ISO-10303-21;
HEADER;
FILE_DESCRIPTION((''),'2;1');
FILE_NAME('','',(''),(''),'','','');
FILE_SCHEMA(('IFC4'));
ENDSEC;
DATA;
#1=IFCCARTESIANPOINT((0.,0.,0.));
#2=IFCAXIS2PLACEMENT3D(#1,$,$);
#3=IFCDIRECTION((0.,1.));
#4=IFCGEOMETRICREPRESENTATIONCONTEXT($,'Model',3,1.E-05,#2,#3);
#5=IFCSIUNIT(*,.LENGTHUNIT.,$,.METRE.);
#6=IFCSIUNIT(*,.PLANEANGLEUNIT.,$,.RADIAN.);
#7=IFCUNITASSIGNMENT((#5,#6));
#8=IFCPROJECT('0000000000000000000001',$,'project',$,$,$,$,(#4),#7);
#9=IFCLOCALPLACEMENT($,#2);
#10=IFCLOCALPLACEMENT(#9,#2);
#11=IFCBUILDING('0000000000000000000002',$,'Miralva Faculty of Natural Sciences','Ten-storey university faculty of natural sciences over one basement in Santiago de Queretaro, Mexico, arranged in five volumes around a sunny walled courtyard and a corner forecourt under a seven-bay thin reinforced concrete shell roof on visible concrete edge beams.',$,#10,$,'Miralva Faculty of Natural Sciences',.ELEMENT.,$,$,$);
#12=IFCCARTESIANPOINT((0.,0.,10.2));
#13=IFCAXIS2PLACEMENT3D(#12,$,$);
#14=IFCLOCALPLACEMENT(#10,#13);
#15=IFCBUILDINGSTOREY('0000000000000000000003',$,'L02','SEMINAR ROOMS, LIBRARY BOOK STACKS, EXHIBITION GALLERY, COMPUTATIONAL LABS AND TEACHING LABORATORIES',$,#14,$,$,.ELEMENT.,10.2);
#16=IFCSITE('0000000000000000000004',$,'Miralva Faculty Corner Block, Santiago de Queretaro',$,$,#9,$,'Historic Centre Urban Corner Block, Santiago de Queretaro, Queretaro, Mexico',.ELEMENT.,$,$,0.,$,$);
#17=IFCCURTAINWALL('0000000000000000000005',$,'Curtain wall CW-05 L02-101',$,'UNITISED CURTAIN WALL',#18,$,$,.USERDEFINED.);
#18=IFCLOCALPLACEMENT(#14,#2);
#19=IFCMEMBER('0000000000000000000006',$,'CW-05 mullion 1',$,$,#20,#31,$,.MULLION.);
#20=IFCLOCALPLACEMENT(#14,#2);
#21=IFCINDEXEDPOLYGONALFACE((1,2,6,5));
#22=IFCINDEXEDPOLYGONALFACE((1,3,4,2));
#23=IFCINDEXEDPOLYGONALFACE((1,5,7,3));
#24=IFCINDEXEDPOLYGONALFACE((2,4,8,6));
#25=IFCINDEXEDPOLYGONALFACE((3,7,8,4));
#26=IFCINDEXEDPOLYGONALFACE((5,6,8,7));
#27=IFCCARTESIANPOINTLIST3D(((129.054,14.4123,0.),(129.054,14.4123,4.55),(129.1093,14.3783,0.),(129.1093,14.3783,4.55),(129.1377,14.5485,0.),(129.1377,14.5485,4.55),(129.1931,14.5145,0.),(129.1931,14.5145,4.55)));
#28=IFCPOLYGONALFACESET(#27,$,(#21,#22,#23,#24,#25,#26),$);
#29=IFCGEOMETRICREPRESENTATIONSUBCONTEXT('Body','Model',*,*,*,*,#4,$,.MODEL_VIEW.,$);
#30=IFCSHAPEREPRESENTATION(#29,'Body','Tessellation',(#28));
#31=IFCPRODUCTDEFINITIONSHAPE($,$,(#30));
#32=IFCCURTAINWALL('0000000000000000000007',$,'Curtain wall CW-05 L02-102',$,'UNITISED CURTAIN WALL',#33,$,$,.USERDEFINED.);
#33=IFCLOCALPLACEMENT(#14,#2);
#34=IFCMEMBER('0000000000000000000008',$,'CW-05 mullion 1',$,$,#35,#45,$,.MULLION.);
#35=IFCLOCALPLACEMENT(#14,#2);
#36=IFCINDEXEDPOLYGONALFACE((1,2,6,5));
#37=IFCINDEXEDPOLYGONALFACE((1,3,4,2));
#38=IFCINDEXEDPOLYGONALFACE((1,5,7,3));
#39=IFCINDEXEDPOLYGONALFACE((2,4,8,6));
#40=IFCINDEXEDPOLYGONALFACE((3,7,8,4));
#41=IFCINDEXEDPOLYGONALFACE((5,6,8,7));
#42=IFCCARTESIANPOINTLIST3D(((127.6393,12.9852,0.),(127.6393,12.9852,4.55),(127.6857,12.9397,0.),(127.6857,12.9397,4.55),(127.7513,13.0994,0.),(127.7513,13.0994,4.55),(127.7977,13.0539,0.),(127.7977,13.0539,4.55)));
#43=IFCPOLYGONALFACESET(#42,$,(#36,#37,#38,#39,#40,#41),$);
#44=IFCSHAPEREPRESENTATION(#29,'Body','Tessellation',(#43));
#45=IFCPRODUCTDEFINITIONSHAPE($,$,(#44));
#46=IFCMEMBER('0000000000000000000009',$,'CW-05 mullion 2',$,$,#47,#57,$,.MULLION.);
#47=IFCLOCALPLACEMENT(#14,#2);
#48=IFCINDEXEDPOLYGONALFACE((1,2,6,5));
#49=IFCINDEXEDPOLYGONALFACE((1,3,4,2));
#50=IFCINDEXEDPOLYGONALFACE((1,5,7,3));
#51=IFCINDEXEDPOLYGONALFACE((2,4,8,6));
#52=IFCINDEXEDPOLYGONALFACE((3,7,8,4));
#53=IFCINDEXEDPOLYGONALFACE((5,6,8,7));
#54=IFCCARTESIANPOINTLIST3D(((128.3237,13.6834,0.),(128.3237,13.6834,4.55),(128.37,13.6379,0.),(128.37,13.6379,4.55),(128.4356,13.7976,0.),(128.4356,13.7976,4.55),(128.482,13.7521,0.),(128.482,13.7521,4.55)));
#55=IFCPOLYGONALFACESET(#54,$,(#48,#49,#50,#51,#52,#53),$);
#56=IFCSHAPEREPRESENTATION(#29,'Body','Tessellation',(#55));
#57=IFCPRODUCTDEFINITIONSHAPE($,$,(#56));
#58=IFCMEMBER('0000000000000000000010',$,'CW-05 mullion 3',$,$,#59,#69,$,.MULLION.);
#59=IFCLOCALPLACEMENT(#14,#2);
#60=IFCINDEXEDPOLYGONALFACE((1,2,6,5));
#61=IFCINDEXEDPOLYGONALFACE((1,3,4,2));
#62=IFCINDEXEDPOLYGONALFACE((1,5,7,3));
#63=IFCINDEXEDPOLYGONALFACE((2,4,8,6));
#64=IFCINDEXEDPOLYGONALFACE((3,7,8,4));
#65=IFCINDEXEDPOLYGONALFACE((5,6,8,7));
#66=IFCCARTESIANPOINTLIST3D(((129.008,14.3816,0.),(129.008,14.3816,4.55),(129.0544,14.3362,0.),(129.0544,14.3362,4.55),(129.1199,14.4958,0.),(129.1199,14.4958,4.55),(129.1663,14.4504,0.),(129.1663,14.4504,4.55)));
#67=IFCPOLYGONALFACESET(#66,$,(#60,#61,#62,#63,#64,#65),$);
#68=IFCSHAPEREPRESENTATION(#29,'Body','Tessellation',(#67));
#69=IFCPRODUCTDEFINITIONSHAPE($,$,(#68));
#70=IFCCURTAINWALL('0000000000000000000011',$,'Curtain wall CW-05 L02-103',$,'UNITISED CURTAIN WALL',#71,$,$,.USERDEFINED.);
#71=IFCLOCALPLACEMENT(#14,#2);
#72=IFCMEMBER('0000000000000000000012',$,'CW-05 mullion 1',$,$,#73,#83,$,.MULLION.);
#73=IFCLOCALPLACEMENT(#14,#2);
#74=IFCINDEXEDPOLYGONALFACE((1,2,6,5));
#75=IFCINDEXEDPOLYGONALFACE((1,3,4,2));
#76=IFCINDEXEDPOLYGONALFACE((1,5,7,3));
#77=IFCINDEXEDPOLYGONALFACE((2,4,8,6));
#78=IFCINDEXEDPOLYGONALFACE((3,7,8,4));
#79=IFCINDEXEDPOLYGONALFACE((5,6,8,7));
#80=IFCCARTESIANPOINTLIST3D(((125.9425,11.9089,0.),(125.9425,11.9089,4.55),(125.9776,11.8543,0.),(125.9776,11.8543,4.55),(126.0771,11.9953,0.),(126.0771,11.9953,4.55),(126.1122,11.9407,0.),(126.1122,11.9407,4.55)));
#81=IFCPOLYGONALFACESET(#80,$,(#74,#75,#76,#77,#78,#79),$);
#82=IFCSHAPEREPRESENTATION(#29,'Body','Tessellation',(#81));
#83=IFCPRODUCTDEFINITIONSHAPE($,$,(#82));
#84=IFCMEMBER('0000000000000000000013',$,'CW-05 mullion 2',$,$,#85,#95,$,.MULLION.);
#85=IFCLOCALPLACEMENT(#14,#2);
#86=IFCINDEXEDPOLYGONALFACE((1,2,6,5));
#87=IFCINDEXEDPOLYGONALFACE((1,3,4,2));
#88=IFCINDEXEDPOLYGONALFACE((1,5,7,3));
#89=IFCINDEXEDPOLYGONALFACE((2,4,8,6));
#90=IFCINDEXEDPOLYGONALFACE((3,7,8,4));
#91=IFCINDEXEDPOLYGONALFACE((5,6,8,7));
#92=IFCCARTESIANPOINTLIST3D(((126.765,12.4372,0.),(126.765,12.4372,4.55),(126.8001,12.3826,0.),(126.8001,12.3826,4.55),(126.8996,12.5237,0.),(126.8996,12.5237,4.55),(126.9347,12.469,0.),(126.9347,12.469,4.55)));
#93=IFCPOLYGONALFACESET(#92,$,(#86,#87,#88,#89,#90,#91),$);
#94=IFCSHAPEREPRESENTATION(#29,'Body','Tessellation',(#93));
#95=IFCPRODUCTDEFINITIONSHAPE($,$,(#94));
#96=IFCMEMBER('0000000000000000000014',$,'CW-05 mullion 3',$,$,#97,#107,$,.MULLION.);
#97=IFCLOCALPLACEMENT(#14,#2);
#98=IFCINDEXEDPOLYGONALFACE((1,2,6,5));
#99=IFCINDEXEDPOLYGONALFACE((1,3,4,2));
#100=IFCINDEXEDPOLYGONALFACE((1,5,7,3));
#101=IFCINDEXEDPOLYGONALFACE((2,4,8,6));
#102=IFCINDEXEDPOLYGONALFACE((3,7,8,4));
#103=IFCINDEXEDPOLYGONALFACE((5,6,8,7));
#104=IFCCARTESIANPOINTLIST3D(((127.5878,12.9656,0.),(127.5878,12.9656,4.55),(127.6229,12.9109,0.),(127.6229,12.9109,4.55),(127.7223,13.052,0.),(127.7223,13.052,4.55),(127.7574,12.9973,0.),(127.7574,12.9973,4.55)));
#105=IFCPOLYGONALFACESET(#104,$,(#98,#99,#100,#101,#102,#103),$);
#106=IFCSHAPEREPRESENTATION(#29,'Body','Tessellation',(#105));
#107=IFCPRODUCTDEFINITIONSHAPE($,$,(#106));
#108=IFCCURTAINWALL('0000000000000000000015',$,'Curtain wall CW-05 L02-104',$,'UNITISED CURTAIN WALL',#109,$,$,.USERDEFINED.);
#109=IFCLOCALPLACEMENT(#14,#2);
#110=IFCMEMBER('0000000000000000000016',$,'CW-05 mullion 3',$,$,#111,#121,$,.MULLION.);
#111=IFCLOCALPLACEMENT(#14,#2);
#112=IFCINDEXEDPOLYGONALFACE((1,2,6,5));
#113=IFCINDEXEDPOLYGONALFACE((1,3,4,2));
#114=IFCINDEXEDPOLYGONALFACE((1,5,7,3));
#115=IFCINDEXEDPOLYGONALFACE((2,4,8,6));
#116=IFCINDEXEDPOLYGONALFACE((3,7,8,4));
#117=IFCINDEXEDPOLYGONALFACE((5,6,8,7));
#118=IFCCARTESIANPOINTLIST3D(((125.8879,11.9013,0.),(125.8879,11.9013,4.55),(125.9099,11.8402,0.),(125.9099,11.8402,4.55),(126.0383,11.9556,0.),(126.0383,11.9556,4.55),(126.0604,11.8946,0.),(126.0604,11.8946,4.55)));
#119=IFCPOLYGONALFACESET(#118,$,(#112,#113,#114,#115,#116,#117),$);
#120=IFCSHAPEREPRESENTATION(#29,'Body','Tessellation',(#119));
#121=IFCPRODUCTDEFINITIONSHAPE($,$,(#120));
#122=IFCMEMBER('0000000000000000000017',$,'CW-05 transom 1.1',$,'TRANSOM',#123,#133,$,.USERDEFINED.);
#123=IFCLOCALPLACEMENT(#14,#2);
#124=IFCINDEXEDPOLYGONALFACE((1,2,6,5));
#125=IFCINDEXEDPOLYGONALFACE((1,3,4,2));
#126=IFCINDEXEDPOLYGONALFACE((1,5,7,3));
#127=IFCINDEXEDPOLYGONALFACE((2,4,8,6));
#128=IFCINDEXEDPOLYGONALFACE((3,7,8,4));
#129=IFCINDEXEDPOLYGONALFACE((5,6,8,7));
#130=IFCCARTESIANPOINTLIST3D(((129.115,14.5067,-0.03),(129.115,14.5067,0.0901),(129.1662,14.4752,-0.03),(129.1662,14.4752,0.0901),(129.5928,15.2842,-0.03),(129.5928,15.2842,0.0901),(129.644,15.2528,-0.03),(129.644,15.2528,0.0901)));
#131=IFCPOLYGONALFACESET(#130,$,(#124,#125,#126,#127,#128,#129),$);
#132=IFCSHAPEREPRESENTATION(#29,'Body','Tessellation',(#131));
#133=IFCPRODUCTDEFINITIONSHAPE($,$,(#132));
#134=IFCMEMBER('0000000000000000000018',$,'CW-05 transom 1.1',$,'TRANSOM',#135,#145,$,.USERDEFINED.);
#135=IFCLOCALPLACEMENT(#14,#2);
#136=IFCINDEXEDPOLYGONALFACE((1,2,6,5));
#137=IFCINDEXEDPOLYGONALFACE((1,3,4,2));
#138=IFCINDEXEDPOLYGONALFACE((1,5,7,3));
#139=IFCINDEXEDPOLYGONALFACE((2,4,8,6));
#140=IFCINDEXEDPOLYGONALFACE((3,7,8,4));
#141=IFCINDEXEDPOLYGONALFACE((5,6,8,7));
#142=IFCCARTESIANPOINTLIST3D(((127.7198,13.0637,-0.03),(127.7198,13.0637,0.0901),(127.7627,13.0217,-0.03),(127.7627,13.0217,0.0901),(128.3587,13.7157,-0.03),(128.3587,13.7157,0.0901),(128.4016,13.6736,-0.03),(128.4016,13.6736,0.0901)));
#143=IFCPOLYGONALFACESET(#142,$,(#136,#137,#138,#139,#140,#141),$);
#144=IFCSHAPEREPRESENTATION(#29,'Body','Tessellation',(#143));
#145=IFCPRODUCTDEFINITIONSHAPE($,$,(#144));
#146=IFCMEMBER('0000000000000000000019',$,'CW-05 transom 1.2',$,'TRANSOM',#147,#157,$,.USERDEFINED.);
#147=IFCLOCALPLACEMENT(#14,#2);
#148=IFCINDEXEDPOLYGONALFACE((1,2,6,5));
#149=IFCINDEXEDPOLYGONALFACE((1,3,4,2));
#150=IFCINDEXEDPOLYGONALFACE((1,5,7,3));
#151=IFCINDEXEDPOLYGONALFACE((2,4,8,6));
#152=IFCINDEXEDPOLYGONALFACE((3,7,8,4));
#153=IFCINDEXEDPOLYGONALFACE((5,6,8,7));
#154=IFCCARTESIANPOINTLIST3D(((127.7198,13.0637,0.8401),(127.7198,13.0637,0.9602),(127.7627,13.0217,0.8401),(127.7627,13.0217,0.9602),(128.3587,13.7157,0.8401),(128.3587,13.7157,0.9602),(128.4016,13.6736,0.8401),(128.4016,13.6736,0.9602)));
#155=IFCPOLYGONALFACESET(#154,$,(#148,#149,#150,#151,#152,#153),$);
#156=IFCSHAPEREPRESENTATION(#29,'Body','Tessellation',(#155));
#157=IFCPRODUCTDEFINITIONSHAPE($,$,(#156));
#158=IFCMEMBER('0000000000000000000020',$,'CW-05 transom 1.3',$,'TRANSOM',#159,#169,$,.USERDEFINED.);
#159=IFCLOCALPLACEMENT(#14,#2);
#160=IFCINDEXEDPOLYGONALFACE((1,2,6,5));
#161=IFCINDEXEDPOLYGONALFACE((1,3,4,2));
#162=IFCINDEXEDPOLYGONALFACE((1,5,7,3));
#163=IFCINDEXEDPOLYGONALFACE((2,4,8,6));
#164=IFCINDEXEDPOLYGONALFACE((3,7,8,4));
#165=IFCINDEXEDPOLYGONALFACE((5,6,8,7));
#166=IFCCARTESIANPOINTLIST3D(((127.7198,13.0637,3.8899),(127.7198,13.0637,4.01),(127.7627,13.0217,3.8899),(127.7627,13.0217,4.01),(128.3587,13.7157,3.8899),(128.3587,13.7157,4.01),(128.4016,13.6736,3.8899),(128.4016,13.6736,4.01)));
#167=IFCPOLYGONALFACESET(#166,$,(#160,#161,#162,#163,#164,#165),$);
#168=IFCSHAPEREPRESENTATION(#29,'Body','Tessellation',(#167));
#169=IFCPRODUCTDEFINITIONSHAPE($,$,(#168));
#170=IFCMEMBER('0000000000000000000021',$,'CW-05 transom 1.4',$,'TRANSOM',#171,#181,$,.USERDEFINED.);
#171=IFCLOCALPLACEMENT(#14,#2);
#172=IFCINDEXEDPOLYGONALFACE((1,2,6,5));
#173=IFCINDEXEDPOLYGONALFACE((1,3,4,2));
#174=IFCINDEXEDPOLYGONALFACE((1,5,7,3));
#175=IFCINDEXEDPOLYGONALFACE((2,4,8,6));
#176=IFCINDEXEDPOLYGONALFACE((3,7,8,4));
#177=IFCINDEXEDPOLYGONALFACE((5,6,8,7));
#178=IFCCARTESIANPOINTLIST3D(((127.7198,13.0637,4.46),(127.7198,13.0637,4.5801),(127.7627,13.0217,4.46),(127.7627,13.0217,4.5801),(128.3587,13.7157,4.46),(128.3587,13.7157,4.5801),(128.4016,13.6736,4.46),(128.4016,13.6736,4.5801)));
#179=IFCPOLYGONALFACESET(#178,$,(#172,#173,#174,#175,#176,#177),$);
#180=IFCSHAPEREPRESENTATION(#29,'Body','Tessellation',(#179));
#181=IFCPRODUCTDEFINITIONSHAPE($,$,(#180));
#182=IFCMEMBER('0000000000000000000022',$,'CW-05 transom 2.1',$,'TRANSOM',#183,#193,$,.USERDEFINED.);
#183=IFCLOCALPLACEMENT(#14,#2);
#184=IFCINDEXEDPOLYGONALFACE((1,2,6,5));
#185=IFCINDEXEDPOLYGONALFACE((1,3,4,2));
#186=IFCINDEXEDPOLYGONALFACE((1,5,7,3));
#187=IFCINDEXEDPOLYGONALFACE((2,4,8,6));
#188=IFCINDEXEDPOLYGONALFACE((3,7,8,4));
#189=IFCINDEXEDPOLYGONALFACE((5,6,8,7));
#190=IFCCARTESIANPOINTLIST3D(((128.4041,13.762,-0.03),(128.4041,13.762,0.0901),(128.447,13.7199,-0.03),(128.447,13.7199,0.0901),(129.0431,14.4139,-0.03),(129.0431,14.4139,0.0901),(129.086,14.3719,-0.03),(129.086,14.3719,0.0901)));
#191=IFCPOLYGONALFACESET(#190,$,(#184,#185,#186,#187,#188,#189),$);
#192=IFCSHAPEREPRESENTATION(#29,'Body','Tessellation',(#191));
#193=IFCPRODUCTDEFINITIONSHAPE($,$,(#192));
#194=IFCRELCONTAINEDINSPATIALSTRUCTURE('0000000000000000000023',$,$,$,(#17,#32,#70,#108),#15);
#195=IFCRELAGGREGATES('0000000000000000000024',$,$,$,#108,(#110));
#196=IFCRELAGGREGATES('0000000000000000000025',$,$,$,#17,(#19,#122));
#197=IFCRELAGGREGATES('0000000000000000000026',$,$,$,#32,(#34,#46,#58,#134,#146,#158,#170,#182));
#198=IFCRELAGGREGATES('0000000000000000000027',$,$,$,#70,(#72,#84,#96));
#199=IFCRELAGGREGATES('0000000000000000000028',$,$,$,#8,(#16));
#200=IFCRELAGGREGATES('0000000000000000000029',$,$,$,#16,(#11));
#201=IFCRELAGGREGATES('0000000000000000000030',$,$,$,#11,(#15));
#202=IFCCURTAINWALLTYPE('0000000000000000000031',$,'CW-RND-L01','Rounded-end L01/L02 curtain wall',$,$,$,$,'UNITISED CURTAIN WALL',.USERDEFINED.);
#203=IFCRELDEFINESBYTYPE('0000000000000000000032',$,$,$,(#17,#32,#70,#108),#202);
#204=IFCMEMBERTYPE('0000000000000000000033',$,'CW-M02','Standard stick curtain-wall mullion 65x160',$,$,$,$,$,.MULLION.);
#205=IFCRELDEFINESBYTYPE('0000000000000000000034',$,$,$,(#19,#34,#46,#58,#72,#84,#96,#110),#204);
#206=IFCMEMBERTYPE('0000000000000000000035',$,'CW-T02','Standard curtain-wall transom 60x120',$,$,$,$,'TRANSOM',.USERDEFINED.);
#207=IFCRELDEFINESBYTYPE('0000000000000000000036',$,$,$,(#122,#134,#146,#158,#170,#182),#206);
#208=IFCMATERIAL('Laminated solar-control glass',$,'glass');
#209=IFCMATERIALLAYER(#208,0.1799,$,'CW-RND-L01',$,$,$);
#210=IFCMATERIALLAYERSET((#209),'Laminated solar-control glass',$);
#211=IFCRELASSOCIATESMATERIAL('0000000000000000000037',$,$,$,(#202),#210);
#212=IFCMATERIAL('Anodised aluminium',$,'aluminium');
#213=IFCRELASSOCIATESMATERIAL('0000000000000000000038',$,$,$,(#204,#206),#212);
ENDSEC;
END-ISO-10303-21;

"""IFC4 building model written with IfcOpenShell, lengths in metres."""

from ifc_helpers import new_model, si_unit, direction, frame, origin, origin_2d, place, context, subcontext, project, spatial, rectangle, extrude, material, layer, layer_set, material_profile, profile_set, type_object, element, aggregate, save


model = new_model("IFC4")

# Units and contexts
model_context = context("Model", 3, precision=1e-05, world=origin(), true_north=direction((0.0, 1.0)))
body_context = subcontext(model_context, "Body", "Model", "MODEL_VIEW")
ifc_project = project(units=[si_unit("LENGTHUNIT", "METRE"), si_unit("PLANEANGLEUNIT", "RADIAN")], contexts=[model_context])

# Site, building, storey
site_placement = place(None, origin())
site = spatial("IfcSite", under=ifc_project, at=site_placement, Name="Miralva Faculty Corner Block, Santiago de Queretaro", LongName="Historic Centre Urban Corner Block, Santiago de Queretaro, Queretaro, Mexico", CompositionType="ELEMENT", RefElevation=0.0)
building_placement = place(site_placement, origin())
building = spatial("IfcBuilding", under=site, at=building_placement, Name="Miralva Faculty of Natural Sciences", Description="Ten-storey university faculty of natural sciences over one basement in Santiago de Queretaro, Mexico, arranged in five volumes around a sunny walled courtyard and a corner forecourt under a seven-bay thin reinforced concrete shell roof on visible concrete edge beams.", LongName="Miralva Faculty of Natural Sciences", CompositionType="ELEMENT")
storey_placement = place(building_placement, frame((0.0, 0.0, 10.2)))
storey = spatial("IfcBuildingStorey", under=building, at=storey_placement, Name="L02", Description="SEMINAR ROOMS, LIBRARY BOOK STACKS, EXHIBITION GALLERY, COMPUTATIONAL LABS AND TEACHING LABORATORIES", CompositionType="ELEMENT", Elevation=10.2)

# Curtain wall, member
ifc_material_1 = material(Name="Laminated solar-control glass", Category="glass")
ifc_layer_1 = layer(ifc_material_1, 0.1799, Name="CW-RND-L01")
ifc_layer_set_1 = layer_set([ifc_layer_1], Name="Laminated solar-control glass")
curtain_wall_type = type_object("IfcCurtainWallType", Name="CW-RND-L01", Description="Rounded-end L01/L02 curtain wall", ElementType="UNITISED CURTAIN WALL", PredefinedType="USERDEFINED", material=ifc_layer_set_1)
curtain_wall_1_placement = place(storey_placement, origin())
curtain_wall_1 = element("IfcCurtainWall", 1, at=curtain_wall_1_placement, inside=storey, type_object=curtain_wall_type, Name="Curtain wall CW-05 L02-101", ObjectType="UNITISED CURTAIN WALL", PredefinedType="USERDEFINED")
ifc_material_2 = material(Name="Anodised aluminium", Category="aluminium")
ifc_material_profile_1 = material_profile(ifc_material_2, rectangle(XDim=0.0649, YDim=0.1599, at=origin_2d()), Name="MULLION 65x160")
ifc_profile_set_1 = profile_set([ifc_material_profile_1], Name="Anodised aluminium")
member_type_1 = type_object("IfcMemberType", Name="CW-M02", Description="Standard stick curtain-wall mullion 65x160", PredefinedType="MULLION", material=ifc_profile_set_1)
member_1_placement = place(storey_placement, frame((129.1235, 14.4634, 0.0), z_axis=(0.0, 0.0, 1.0), x_axis=(-0.851995, 0.523551, 0.0)))
member_1 = element("IfcMember", 2, at=member_1_placement, type_object=member_type_1, Name="CW-05 mullion 1", PredefinedType="MULLION", context=body_context, shape_type="SweptSolid", body=[
    extrude(rectangle(XDim=0.0649, YDim=0.1599, at=origin_2d()), origin(), (0.0, 0.0, 1.0), 4.55),
])

# Curtain walls, members
curtain_wall_2_placement = place(storey_placement, origin())
curtain_wall_2 = element("IfcCurtainWall", 3, at=curtain_wall_2_placement, inside=storey, type_object=curtain_wall_type, Name="Curtain wall CW-05 L02-102", ObjectType="UNITISED CURTAIN WALL", PredefinedType="USERDEFINED")
member_2_placement = place(storey_placement, frame((127.7185, 13.0195, 0.0), z_axis=(0.0, 0.0, 1.0), x_axis=(-0.714125, 0.700018, 0.0)))
member_2 = element("IfcMember", 4, at=member_2_placement, type_object=member_type_1, Name="CW-05 mullion 1", PredefinedType="MULLION", context=body_context, shape_type="SweptSolid", body=[
    extrude(rectangle(XDim=0.0649, YDim=0.1599, at=origin_2d()), origin(), (0.0, 0.0, 1.0), 4.55),
])
member_3_placement = place(storey_placement, frame((128.4028, 13.7178, 0.0), z_axis=(0.0, 0.0, 1.0), x_axis=(-0.714125, 0.700018, 0.0)))
member_3 = element("IfcMember", 5, at=member_3_placement, type_object=member_type_1, Name="CW-05 mullion 2", PredefinedType="MULLION", context=body_context, shape_type="SweptSolid", body=[
    extrude(rectangle(XDim=0.0649, YDim=0.1599, at=origin_2d()), origin(), (0.0, 0.0, 1.0), 4.55),
])
member_4_placement = place(storey_placement, frame((129.0872, 14.416, 0.0), z_axis=(0.0, 0.0, 1.0), x_axis=(-0.714125, 0.700018, 0.0)))
member_4 = element("IfcMember", 6, at=member_4_placement, type_object=member_type_1, Name="CW-05 mullion 3", PredefinedType="MULLION", context=body_context, shape_type="SweptSolid", body=[
    extrude(rectangle(XDim=0.0649, YDim=0.1599, at=origin_2d()), origin(), (0.0, 0.0, 1.0), 4.55),
])
curtain_wall_3_placement = place(storey_placement, origin())
curtain_wall_3 = element("IfcCurtainWall", 7, at=curtain_wall_3_placement, inside=storey, type_object=curtain_wall_type, Name="Curtain wall CW-05 L02-103", ObjectType="UNITISED CURTAIN WALL", PredefinedType="USERDEFINED")
member_5_placement = place(storey_placement, frame((126.0273, 11.9248, 0.0), z_axis=(0.0, 0.0, 1.0), x_axis=(-0.540445, 0.841379, 0.0)))
member_5 = element("IfcMember", 8, at=member_5_placement, type_object=member_type_1, Name="CW-05 mullion 1", PredefinedType="MULLION", context=body_context, shape_type="SweptSolid", body=[
    extrude(rectangle(XDim=0.0649, YDim=0.1599, at=origin_2d()), origin(), (0.0, 0.0, 1.0), 4.55),
])
member_6_placement = place(storey_placement, frame((126.8499, 12.4531, 0.0), z_axis=(0.0, 0.0, 1.0), x_axis=(-0.540445, 0.841379, 0.0)))
member_6 = element("IfcMember", 9, at=member_6_placement, type_object=member_type_1, Name="CW-05 mullion 2", PredefinedType="MULLION", context=body_context, shape_type="SweptSolid", body=[
    extrude(rectangle(XDim=0.0649, YDim=0.1599, at=origin_2d()), origin(), (0.0, 0.0, 1.0), 4.55),
])
member_7_placement = place(storey_placement, frame((127.6726, 12.9814, 0.0), z_axis=(0.0, 0.0, 1.0), x_axis=(-0.540445, 0.841379, 0.0)))
member_7 = element("IfcMember", 10, at=member_7_placement, type_object=member_type_1, Name="CW-05 mullion 3", PredefinedType="MULLION", context=body_context, shape_type="SweptSolid", body=[
    extrude(rectangle(XDim=0.0649, YDim=0.1599, at=origin_2d()), origin(), (0.0, 0.0, 1.0), 4.55),
])

# Curtain wall, member
curtain_wall_4_placement = place(storey_placement, origin())
curtain_wall_4 = element("IfcCurtainWall", 11, at=curtain_wall_4_placement, inside=storey, type_object=curtain_wall_type, Name="Curtain wall CW-05 L02-104", ObjectType="UNITISED CURTAIN WALL", PredefinedType="USERDEFINED")
member_8_placement = place(storey_placement, frame((125.9741, 11.8979, 0.0), z_axis=(0.0, 0.0, 1.0), x_axis=(-0.339696, 0.940535, 0.0)))
member_8 = element("IfcMember", 12, at=member_8_placement, type_object=member_type_1, Name="CW-05 mullion 3", PredefinedType="MULLION", context=body_context, shape_type="SweptSolid", body=[
    extrude(rectangle(XDim=0.0649, YDim=0.1599, at=origin_2d()), origin(), (0.0, 0.0, 1.0), 4.55),
])
aggregate(curtain_wall_4, [member_8])

# Members
ifc_material_profile_2 = material_profile(ifc_material_2, rectangle(XDim=0.0601, YDim=0.1201, at=origin_2d()), Name="TRANSOM 60x120")
ifc_profile_set_2 = profile_set([ifc_material_profile_2], Name="Anodised aluminium")
member_type_2 = type_object("IfcMemberType", Name="CW-T02", Description="Standard curtain-wall transom 60x120", ElementType="TRANSOM", PredefinedType="USERDEFINED", material=ifc_profile_set_2)
member_9_placement = place(storey_placement, frame((129.1406, 14.491, 0.03), z_axis=(0.523515, 0.852016, 0.0), x_axis=(-0.852016, 0.523515, 0.0)))
member_9 = element("IfcMember", 13, at=member_9_placement, type_object=member_type_2, Name="CW-05 transom 1.1", ObjectType="TRANSOM", PredefinedType="USERDEFINED", context=body_context, shape_type="SweptSolid", body=[
    extrude(rectangle(XDim=0.0601, YDim=0.1201, at=origin_2d()), origin(), (0.0, 0.0, 1.0), 0.9126),
])
aggregate(curtain_wall_1, [member_1, member_9])
member_10_placement = place(storey_placement, frame((127.7412, 13.0427, 0.03), z_axis=(0.699983, 0.714159, 0.0), x_axis=(-0.714159, 0.699983, 0.0)))
member_10 = element("IfcMember", 14, at=member_10_placement, type_object=member_type_2, Name="CW-05 transom 1.1", ObjectType="TRANSOM", PredefinedType="USERDEFINED", context=body_context, shape_type="SweptSolid", body=[
    extrude(rectangle(XDim=0.0601, YDim=0.1201, at=origin_2d()), origin(), (0.0, 0.0, 1.0), 0.9128),
])
member_11_placement = place(storey_placement, frame((127.7412, 13.0427, 0.9001), z_axis=(0.699983, 0.714159, 0.0), x_axis=(-0.714159, 0.699983, 0.0)))
member_11 = element("IfcMember", 15, at=member_11_placement, type_object=member_type_2, Name="CW-05 transom 1.2", ObjectType="TRANSOM", PredefinedType="USERDEFINED", context=body_context, shape_type="SweptSolid", body=[
    extrude(rectangle(XDim=0.0601, YDim=0.1201, at=origin_2d()), origin(), (0.0, 0.0, 1.0), 0.9128),
])
member_12_placement = place(storey_placement, frame((127.7412, 13.0427, 3.95), z_axis=(0.699983, 0.714159, 0.0), x_axis=(-0.714159, 0.699983, 0.0)))
member_12 = element("IfcMember", 16, at=member_12_placement, type_object=member_type_2, Name="CW-05 transom 1.3", ObjectType="TRANSOM", PredefinedType="USERDEFINED", context=body_context, shape_type="SweptSolid", body=[
    extrude(rectangle(XDim=0.0601, YDim=0.1201, at=origin_2d()), origin(), (0.0, 0.0, 1.0), 0.9128),
])
member_13_placement = place(storey_placement, frame((127.7412, 13.0427, 4.52), z_axis=(0.699983, 0.714159, 0.0), x_axis=(-0.714159, 0.699983, 0.0)))
member_13 = element("IfcMember", 17, at=member_13_placement, type_object=member_type_2, Name="CW-05 transom 1.4", ObjectType="TRANSOM", PredefinedType="USERDEFINED", context=body_context, shape_type="SweptSolid", body=[
    extrude(rectangle(XDim=0.0601, YDim=0.1201, at=origin_2d()), origin(), (0.0, 0.0, 1.0), 0.9128),
])
member_14_placement = place(storey_placement, frame((128.4255, 13.741, 0.03), z_axis=(0.699983, 0.714159, 0.0), x_axis=(-0.714159, 0.699983, 0.0)))
member_14 = element("IfcMember", 18, at=member_14_placement, type_object=member_type_2, Name="CW-05 transom 2.1", ObjectType="TRANSOM", PredefinedType="USERDEFINED", context=body_context, shape_type="SweptSolid", body=[
    extrude(rectangle(XDim=0.0601, YDim=0.1201, at=origin_2d()), origin(), (0.0, 0.0, 1.0), 0.9128),
])

aggregate(curtain_wall_2, [member_2, member_3, member_4, member_10, member_11, member_12, member_13, member_14])
aggregate(curtain_wall_3, [member_5, member_6, member_7])

save(model, "model.ifc")
